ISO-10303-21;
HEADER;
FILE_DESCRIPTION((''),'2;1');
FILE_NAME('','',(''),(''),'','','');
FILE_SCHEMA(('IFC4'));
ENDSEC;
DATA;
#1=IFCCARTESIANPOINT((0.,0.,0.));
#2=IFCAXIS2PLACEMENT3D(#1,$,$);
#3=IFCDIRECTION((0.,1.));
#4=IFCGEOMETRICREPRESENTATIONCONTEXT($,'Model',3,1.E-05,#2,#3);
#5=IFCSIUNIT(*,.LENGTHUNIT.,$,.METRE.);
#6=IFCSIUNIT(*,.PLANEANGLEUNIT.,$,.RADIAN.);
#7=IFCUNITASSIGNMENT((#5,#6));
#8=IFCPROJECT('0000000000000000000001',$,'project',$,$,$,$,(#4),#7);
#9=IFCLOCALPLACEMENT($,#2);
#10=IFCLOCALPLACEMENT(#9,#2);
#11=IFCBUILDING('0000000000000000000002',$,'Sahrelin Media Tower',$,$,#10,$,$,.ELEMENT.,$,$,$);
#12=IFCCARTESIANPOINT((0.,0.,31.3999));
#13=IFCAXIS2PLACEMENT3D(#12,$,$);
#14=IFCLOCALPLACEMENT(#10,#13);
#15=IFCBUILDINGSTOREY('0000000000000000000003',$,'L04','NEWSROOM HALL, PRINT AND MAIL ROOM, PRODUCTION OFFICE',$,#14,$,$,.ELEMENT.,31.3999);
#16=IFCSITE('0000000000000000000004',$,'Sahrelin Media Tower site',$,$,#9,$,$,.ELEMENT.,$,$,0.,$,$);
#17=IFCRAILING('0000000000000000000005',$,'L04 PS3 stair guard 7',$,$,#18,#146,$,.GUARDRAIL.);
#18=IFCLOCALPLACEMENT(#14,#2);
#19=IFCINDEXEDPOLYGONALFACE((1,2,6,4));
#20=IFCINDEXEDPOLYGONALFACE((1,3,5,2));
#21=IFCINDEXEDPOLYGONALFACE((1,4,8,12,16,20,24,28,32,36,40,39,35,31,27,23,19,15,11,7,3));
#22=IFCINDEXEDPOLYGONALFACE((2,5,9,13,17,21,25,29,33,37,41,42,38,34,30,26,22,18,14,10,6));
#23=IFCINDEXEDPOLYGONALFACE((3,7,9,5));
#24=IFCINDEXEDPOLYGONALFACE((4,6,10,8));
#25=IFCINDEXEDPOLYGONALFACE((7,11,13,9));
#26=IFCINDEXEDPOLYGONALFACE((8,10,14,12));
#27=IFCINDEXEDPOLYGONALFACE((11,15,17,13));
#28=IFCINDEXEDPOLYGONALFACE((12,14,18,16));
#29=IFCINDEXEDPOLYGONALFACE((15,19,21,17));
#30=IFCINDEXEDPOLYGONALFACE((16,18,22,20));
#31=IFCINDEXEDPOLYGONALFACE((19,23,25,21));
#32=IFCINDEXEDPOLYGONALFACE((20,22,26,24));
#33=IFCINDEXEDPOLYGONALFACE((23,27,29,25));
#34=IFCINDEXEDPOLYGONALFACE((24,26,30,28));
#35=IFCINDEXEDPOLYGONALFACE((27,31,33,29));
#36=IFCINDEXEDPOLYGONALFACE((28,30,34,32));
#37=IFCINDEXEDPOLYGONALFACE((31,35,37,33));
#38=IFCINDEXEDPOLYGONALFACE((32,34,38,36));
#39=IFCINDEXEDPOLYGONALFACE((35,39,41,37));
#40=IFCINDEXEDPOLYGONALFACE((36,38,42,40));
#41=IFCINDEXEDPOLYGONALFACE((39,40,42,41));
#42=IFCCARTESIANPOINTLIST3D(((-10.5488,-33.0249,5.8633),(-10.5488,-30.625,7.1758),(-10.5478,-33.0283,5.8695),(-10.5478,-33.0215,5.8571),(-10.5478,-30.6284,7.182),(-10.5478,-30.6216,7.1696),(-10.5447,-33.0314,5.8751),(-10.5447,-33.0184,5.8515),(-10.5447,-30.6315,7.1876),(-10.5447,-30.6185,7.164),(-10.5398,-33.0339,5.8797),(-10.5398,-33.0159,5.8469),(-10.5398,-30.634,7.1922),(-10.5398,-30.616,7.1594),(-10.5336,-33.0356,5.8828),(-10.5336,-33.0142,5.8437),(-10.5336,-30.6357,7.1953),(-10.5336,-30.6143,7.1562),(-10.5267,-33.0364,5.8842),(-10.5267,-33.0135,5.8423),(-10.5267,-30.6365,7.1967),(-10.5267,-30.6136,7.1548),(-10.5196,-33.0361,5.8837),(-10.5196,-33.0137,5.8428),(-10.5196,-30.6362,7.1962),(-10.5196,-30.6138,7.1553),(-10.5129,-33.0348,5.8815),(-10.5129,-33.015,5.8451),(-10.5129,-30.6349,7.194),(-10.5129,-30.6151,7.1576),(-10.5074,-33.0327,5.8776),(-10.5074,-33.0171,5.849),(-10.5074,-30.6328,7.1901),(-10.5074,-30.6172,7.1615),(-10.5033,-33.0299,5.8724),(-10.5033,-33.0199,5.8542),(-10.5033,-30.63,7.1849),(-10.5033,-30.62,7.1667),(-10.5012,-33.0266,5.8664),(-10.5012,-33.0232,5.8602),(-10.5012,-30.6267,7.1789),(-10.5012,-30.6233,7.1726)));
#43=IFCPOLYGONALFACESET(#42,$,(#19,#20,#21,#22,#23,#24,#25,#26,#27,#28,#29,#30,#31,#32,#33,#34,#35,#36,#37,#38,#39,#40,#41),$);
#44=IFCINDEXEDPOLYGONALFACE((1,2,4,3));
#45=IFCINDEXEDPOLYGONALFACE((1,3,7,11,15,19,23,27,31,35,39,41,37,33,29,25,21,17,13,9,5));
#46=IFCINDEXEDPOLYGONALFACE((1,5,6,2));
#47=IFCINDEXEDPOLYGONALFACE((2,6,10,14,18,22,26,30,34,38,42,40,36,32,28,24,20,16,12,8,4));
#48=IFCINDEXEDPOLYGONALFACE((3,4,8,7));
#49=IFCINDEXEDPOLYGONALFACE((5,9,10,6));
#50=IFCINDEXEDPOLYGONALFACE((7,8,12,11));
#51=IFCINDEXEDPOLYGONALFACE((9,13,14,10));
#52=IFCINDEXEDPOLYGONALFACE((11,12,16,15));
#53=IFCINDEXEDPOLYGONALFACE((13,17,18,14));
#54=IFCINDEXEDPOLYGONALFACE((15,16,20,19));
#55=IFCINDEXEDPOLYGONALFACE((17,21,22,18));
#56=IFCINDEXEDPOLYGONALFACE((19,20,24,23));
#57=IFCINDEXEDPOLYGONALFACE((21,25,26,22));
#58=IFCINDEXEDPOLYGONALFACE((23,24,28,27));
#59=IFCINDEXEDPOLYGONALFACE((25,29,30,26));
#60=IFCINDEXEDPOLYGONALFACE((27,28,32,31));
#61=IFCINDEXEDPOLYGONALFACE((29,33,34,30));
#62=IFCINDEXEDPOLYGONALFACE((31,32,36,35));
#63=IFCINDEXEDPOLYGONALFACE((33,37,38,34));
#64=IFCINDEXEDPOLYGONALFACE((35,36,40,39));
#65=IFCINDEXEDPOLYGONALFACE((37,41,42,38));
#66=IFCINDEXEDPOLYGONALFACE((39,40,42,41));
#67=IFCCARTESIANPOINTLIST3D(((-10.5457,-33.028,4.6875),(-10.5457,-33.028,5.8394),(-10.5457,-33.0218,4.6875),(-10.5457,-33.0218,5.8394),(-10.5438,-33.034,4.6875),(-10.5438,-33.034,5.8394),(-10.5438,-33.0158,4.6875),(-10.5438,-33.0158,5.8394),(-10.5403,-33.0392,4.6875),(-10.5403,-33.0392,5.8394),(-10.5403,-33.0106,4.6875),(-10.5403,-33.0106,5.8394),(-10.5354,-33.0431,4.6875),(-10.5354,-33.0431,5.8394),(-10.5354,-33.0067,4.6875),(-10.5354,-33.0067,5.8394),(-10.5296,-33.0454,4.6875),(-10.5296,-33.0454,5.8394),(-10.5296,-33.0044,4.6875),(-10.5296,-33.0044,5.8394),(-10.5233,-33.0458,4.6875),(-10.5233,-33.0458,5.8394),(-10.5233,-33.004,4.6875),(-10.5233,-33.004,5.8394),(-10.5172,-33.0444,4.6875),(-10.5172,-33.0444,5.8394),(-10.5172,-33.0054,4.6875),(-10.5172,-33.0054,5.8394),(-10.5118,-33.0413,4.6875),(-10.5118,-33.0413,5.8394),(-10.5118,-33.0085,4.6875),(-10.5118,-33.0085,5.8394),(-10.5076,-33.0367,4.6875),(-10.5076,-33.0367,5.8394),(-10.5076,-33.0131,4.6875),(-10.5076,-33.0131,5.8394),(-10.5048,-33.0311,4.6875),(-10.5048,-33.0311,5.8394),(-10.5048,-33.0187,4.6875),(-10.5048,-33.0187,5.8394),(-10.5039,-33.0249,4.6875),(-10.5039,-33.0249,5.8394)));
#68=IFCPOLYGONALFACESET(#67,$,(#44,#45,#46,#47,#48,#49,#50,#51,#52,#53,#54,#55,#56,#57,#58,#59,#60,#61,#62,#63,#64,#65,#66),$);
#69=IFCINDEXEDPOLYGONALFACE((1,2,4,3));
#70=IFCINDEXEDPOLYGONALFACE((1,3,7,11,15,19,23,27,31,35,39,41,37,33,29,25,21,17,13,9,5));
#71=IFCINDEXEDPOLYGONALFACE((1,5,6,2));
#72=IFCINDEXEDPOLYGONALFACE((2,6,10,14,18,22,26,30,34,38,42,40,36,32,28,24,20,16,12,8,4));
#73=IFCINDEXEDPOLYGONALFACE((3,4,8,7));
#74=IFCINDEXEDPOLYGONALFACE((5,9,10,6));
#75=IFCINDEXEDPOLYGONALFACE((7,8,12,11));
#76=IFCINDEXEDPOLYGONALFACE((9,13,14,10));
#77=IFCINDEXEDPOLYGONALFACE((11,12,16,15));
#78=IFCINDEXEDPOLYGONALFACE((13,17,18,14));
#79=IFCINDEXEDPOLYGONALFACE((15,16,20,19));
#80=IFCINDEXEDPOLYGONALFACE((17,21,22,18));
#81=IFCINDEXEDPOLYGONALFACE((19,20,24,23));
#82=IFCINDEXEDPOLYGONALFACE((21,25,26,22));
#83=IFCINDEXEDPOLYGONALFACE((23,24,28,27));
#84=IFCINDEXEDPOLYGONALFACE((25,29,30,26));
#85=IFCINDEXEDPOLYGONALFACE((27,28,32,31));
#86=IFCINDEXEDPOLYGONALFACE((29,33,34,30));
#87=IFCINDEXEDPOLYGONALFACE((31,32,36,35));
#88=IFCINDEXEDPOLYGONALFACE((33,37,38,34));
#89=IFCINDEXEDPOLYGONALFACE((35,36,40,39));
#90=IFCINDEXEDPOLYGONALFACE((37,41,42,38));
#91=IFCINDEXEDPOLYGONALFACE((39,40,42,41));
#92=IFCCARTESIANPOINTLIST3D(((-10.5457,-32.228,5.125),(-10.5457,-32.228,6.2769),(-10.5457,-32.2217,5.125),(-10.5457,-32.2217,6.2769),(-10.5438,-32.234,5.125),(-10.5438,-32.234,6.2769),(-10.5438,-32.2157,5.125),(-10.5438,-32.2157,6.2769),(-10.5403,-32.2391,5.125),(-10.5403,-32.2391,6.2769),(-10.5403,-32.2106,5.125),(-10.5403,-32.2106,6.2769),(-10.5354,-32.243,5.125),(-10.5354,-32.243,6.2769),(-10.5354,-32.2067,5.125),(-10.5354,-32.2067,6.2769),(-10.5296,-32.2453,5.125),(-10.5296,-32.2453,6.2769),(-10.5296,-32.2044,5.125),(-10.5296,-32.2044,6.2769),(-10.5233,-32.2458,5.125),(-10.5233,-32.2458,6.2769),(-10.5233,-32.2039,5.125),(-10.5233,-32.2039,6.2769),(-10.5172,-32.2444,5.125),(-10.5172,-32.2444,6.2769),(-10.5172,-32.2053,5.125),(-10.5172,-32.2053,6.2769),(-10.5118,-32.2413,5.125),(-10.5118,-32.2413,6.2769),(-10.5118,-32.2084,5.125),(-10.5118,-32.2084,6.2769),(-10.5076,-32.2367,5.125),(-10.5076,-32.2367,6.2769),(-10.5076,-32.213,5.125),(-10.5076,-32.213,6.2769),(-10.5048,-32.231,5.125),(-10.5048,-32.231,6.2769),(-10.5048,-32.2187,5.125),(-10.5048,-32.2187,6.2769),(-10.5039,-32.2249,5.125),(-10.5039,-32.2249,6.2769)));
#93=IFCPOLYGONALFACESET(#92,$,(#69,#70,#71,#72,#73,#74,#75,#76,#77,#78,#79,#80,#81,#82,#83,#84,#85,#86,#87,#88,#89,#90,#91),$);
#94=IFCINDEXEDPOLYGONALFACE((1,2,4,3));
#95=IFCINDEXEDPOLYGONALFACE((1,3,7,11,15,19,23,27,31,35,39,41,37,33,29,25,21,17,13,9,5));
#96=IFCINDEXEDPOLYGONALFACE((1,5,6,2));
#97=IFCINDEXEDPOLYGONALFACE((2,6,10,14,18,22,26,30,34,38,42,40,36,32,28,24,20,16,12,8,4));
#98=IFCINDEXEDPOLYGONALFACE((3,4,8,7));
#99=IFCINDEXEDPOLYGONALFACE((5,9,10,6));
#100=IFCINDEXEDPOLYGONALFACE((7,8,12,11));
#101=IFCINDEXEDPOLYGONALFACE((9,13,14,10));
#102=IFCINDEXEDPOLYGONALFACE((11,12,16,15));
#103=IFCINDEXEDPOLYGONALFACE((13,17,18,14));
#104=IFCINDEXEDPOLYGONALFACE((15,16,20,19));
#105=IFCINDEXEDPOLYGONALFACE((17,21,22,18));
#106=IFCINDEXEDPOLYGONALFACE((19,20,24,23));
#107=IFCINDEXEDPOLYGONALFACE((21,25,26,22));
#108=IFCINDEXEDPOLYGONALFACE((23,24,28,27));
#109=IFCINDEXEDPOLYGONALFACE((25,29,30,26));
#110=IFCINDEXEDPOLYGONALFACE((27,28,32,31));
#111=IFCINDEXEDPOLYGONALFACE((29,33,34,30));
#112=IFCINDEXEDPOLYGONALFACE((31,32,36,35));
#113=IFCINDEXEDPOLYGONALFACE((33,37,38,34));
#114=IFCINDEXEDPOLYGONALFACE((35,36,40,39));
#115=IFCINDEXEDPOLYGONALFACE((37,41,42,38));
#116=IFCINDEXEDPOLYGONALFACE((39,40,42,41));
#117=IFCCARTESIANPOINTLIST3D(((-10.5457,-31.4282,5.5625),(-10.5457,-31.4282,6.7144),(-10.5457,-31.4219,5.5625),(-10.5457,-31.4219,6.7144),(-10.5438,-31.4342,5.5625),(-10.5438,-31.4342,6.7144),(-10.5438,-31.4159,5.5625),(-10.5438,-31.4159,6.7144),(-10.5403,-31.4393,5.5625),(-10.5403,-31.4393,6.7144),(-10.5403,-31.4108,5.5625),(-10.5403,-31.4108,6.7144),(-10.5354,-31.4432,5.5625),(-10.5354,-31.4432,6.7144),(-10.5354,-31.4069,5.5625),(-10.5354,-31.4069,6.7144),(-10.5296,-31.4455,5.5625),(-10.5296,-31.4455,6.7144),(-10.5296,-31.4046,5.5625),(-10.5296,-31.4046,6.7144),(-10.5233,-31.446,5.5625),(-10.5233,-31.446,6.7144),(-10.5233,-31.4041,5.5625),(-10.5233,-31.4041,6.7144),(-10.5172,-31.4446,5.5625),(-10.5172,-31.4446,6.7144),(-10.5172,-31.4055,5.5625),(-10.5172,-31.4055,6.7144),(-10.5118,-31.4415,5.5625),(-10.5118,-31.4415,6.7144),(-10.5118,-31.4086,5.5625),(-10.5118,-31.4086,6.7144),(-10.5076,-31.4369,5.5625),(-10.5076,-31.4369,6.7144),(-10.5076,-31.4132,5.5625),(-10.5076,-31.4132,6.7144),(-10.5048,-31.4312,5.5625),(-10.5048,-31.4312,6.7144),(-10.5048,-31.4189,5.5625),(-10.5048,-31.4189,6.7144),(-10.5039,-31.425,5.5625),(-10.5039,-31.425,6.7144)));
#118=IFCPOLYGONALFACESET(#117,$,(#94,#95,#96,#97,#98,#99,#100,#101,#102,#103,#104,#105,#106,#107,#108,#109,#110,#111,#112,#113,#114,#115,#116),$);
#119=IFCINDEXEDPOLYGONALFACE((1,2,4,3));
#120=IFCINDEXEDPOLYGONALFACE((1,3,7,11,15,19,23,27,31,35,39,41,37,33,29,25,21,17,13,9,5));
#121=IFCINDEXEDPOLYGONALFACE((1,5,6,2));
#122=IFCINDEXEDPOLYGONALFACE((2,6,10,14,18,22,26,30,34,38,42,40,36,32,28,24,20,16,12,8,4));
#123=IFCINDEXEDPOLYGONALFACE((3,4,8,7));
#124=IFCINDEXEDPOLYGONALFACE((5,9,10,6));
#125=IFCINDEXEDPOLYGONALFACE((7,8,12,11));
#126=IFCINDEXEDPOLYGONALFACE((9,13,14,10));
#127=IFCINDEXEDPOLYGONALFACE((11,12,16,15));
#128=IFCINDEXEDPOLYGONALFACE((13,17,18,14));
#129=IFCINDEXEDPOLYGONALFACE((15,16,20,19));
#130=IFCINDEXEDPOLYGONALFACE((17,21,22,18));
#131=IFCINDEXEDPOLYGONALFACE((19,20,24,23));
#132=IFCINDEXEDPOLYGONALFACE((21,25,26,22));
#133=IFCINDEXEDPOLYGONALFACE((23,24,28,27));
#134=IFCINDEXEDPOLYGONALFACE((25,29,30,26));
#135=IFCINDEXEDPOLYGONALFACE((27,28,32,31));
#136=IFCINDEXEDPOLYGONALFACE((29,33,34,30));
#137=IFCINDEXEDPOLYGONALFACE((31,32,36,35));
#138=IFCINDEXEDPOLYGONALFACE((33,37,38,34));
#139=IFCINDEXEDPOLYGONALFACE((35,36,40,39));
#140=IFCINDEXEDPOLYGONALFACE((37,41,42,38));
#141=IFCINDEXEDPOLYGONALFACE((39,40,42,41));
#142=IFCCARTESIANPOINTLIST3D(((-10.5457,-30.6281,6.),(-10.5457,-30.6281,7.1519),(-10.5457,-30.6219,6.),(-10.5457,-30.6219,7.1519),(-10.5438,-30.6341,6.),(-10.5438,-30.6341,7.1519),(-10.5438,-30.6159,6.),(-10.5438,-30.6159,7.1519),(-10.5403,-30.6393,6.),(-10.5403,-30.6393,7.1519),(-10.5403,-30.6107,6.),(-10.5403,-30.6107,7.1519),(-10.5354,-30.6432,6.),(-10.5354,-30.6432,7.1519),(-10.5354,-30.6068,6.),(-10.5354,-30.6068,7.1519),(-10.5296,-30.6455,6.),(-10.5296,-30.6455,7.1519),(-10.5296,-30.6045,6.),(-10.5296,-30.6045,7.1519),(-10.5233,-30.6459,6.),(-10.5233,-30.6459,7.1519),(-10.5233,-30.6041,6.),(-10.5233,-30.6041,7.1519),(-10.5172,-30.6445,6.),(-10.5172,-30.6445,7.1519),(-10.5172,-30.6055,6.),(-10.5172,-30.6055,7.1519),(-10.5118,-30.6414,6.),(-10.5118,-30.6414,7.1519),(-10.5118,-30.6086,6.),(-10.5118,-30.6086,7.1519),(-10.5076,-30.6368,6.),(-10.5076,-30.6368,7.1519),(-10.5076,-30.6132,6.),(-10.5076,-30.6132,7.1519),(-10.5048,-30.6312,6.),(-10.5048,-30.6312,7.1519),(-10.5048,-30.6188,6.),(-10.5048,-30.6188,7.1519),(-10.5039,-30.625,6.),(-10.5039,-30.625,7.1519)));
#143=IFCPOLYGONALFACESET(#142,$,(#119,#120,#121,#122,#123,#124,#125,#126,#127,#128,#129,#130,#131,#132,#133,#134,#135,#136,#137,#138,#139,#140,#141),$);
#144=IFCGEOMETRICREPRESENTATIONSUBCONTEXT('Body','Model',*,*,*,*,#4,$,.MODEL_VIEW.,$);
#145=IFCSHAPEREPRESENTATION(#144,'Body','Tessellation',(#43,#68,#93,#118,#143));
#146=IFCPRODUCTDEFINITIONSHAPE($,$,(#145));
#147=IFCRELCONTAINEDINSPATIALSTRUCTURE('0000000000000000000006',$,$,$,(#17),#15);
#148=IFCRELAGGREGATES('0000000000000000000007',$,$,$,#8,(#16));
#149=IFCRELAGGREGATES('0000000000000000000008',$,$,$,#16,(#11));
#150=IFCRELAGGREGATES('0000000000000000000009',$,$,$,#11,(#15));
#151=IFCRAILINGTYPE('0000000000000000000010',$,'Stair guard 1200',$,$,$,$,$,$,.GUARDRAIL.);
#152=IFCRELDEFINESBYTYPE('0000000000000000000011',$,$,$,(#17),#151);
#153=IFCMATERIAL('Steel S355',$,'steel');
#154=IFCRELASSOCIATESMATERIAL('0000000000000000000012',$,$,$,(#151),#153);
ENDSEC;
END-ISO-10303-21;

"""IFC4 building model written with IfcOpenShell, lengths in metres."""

from ifc_helpers import new_model, si_unit, direction, frame, origin, origin_2d, place, context, subcontext, project, spatial, circle, extrude, material, type_object, element, save


model = new_model("IFC4")

# Units and contexts
model_context = context("Model", 3, precision=1e-05, world=origin(), true_north=direction((0.0, 1.0)))
body_context = subcontext(model_context, "Body", "Model", "MODEL_VIEW")
ifc_project = project(units=[si_unit("LENGTHUNIT", "METRE"), si_unit("PLANEANGLEUNIT", "RADIAN")], contexts=[model_context])

# Site, building, storey
site_placement = place(None, origin())
site = spatial("IfcSite", under=ifc_project, at=site_placement, Name="Sahrelin Media Tower site", CompositionType="ELEMENT", RefElevation=0.0)
building_placement = place(site_placement, origin())
building = spatial("IfcBuilding", under=site, at=building_placement, Name="Sahrelin Media Tower", CompositionType="ELEMENT")
storey_placement = place(building_placement, frame((0.0, 0.0, 31.3999)))
storey = spatial("IfcBuildingStorey", under=building, at=storey_placement, Name="L04", Description="NEWSROOM HALL, PRINT AND MAIL ROOM, PRODUCTION OFFICE", CompositionType="ELEMENT", Elevation=31.3999)

# Shared definitions
ifc_material_1 = material(Name="Steel S355", Category="steel")

# Railing
railing_type_1 = type_object("IfcRailingType", Name="Stair guard 1200", PredefinedType="GUARDRAIL", material=ifc_material_1)
railing_1_placement = place(storey_placement, frame((-10.5249, -33.0249, 4.6875)))
element("IfcRailing", 1, at=railing_1_placement, inside=storey, type_object=railing_type_1, Name="L04 PS3 stair guard 7", PredefinedType="GUARDRAIL", context=body_context, shape_type="SweptSolid", body=[
    extrude(circle(Radius=0.0239, at=origin_2d()), frame((0.0, 0.0, 1.1758), z_axis=(0.0, 0.877363, 0.479827), x_axis=(-1.0, 0.0, 0.0)), (0.0, 0.0, 1.0), 2.7354),
    extrude(circle(Radius=0.021, at=origin_2d()), origin(), (0.0, 0.0, 1.0), 1.1519),
    extrude(circle(Radius=0.021, at=origin_2d()), frame((0.0, 0.8, 0.4375)), (0.0, 0.0, 1.0), 1.1519),
    extrude(circle(Radius=0.021, at=origin_2d()), frame((0.0, 1.5999, 0.875)), (0.0, 0.0, 1.0), 1.1519),
    extrude(circle(Radius=0.021, at=origin_2d()), frame((0.0, 2.3999, 1.3125)), (0.0, 0.0, 1.0), 1.1519),
])

save(model, "model.ifc")
